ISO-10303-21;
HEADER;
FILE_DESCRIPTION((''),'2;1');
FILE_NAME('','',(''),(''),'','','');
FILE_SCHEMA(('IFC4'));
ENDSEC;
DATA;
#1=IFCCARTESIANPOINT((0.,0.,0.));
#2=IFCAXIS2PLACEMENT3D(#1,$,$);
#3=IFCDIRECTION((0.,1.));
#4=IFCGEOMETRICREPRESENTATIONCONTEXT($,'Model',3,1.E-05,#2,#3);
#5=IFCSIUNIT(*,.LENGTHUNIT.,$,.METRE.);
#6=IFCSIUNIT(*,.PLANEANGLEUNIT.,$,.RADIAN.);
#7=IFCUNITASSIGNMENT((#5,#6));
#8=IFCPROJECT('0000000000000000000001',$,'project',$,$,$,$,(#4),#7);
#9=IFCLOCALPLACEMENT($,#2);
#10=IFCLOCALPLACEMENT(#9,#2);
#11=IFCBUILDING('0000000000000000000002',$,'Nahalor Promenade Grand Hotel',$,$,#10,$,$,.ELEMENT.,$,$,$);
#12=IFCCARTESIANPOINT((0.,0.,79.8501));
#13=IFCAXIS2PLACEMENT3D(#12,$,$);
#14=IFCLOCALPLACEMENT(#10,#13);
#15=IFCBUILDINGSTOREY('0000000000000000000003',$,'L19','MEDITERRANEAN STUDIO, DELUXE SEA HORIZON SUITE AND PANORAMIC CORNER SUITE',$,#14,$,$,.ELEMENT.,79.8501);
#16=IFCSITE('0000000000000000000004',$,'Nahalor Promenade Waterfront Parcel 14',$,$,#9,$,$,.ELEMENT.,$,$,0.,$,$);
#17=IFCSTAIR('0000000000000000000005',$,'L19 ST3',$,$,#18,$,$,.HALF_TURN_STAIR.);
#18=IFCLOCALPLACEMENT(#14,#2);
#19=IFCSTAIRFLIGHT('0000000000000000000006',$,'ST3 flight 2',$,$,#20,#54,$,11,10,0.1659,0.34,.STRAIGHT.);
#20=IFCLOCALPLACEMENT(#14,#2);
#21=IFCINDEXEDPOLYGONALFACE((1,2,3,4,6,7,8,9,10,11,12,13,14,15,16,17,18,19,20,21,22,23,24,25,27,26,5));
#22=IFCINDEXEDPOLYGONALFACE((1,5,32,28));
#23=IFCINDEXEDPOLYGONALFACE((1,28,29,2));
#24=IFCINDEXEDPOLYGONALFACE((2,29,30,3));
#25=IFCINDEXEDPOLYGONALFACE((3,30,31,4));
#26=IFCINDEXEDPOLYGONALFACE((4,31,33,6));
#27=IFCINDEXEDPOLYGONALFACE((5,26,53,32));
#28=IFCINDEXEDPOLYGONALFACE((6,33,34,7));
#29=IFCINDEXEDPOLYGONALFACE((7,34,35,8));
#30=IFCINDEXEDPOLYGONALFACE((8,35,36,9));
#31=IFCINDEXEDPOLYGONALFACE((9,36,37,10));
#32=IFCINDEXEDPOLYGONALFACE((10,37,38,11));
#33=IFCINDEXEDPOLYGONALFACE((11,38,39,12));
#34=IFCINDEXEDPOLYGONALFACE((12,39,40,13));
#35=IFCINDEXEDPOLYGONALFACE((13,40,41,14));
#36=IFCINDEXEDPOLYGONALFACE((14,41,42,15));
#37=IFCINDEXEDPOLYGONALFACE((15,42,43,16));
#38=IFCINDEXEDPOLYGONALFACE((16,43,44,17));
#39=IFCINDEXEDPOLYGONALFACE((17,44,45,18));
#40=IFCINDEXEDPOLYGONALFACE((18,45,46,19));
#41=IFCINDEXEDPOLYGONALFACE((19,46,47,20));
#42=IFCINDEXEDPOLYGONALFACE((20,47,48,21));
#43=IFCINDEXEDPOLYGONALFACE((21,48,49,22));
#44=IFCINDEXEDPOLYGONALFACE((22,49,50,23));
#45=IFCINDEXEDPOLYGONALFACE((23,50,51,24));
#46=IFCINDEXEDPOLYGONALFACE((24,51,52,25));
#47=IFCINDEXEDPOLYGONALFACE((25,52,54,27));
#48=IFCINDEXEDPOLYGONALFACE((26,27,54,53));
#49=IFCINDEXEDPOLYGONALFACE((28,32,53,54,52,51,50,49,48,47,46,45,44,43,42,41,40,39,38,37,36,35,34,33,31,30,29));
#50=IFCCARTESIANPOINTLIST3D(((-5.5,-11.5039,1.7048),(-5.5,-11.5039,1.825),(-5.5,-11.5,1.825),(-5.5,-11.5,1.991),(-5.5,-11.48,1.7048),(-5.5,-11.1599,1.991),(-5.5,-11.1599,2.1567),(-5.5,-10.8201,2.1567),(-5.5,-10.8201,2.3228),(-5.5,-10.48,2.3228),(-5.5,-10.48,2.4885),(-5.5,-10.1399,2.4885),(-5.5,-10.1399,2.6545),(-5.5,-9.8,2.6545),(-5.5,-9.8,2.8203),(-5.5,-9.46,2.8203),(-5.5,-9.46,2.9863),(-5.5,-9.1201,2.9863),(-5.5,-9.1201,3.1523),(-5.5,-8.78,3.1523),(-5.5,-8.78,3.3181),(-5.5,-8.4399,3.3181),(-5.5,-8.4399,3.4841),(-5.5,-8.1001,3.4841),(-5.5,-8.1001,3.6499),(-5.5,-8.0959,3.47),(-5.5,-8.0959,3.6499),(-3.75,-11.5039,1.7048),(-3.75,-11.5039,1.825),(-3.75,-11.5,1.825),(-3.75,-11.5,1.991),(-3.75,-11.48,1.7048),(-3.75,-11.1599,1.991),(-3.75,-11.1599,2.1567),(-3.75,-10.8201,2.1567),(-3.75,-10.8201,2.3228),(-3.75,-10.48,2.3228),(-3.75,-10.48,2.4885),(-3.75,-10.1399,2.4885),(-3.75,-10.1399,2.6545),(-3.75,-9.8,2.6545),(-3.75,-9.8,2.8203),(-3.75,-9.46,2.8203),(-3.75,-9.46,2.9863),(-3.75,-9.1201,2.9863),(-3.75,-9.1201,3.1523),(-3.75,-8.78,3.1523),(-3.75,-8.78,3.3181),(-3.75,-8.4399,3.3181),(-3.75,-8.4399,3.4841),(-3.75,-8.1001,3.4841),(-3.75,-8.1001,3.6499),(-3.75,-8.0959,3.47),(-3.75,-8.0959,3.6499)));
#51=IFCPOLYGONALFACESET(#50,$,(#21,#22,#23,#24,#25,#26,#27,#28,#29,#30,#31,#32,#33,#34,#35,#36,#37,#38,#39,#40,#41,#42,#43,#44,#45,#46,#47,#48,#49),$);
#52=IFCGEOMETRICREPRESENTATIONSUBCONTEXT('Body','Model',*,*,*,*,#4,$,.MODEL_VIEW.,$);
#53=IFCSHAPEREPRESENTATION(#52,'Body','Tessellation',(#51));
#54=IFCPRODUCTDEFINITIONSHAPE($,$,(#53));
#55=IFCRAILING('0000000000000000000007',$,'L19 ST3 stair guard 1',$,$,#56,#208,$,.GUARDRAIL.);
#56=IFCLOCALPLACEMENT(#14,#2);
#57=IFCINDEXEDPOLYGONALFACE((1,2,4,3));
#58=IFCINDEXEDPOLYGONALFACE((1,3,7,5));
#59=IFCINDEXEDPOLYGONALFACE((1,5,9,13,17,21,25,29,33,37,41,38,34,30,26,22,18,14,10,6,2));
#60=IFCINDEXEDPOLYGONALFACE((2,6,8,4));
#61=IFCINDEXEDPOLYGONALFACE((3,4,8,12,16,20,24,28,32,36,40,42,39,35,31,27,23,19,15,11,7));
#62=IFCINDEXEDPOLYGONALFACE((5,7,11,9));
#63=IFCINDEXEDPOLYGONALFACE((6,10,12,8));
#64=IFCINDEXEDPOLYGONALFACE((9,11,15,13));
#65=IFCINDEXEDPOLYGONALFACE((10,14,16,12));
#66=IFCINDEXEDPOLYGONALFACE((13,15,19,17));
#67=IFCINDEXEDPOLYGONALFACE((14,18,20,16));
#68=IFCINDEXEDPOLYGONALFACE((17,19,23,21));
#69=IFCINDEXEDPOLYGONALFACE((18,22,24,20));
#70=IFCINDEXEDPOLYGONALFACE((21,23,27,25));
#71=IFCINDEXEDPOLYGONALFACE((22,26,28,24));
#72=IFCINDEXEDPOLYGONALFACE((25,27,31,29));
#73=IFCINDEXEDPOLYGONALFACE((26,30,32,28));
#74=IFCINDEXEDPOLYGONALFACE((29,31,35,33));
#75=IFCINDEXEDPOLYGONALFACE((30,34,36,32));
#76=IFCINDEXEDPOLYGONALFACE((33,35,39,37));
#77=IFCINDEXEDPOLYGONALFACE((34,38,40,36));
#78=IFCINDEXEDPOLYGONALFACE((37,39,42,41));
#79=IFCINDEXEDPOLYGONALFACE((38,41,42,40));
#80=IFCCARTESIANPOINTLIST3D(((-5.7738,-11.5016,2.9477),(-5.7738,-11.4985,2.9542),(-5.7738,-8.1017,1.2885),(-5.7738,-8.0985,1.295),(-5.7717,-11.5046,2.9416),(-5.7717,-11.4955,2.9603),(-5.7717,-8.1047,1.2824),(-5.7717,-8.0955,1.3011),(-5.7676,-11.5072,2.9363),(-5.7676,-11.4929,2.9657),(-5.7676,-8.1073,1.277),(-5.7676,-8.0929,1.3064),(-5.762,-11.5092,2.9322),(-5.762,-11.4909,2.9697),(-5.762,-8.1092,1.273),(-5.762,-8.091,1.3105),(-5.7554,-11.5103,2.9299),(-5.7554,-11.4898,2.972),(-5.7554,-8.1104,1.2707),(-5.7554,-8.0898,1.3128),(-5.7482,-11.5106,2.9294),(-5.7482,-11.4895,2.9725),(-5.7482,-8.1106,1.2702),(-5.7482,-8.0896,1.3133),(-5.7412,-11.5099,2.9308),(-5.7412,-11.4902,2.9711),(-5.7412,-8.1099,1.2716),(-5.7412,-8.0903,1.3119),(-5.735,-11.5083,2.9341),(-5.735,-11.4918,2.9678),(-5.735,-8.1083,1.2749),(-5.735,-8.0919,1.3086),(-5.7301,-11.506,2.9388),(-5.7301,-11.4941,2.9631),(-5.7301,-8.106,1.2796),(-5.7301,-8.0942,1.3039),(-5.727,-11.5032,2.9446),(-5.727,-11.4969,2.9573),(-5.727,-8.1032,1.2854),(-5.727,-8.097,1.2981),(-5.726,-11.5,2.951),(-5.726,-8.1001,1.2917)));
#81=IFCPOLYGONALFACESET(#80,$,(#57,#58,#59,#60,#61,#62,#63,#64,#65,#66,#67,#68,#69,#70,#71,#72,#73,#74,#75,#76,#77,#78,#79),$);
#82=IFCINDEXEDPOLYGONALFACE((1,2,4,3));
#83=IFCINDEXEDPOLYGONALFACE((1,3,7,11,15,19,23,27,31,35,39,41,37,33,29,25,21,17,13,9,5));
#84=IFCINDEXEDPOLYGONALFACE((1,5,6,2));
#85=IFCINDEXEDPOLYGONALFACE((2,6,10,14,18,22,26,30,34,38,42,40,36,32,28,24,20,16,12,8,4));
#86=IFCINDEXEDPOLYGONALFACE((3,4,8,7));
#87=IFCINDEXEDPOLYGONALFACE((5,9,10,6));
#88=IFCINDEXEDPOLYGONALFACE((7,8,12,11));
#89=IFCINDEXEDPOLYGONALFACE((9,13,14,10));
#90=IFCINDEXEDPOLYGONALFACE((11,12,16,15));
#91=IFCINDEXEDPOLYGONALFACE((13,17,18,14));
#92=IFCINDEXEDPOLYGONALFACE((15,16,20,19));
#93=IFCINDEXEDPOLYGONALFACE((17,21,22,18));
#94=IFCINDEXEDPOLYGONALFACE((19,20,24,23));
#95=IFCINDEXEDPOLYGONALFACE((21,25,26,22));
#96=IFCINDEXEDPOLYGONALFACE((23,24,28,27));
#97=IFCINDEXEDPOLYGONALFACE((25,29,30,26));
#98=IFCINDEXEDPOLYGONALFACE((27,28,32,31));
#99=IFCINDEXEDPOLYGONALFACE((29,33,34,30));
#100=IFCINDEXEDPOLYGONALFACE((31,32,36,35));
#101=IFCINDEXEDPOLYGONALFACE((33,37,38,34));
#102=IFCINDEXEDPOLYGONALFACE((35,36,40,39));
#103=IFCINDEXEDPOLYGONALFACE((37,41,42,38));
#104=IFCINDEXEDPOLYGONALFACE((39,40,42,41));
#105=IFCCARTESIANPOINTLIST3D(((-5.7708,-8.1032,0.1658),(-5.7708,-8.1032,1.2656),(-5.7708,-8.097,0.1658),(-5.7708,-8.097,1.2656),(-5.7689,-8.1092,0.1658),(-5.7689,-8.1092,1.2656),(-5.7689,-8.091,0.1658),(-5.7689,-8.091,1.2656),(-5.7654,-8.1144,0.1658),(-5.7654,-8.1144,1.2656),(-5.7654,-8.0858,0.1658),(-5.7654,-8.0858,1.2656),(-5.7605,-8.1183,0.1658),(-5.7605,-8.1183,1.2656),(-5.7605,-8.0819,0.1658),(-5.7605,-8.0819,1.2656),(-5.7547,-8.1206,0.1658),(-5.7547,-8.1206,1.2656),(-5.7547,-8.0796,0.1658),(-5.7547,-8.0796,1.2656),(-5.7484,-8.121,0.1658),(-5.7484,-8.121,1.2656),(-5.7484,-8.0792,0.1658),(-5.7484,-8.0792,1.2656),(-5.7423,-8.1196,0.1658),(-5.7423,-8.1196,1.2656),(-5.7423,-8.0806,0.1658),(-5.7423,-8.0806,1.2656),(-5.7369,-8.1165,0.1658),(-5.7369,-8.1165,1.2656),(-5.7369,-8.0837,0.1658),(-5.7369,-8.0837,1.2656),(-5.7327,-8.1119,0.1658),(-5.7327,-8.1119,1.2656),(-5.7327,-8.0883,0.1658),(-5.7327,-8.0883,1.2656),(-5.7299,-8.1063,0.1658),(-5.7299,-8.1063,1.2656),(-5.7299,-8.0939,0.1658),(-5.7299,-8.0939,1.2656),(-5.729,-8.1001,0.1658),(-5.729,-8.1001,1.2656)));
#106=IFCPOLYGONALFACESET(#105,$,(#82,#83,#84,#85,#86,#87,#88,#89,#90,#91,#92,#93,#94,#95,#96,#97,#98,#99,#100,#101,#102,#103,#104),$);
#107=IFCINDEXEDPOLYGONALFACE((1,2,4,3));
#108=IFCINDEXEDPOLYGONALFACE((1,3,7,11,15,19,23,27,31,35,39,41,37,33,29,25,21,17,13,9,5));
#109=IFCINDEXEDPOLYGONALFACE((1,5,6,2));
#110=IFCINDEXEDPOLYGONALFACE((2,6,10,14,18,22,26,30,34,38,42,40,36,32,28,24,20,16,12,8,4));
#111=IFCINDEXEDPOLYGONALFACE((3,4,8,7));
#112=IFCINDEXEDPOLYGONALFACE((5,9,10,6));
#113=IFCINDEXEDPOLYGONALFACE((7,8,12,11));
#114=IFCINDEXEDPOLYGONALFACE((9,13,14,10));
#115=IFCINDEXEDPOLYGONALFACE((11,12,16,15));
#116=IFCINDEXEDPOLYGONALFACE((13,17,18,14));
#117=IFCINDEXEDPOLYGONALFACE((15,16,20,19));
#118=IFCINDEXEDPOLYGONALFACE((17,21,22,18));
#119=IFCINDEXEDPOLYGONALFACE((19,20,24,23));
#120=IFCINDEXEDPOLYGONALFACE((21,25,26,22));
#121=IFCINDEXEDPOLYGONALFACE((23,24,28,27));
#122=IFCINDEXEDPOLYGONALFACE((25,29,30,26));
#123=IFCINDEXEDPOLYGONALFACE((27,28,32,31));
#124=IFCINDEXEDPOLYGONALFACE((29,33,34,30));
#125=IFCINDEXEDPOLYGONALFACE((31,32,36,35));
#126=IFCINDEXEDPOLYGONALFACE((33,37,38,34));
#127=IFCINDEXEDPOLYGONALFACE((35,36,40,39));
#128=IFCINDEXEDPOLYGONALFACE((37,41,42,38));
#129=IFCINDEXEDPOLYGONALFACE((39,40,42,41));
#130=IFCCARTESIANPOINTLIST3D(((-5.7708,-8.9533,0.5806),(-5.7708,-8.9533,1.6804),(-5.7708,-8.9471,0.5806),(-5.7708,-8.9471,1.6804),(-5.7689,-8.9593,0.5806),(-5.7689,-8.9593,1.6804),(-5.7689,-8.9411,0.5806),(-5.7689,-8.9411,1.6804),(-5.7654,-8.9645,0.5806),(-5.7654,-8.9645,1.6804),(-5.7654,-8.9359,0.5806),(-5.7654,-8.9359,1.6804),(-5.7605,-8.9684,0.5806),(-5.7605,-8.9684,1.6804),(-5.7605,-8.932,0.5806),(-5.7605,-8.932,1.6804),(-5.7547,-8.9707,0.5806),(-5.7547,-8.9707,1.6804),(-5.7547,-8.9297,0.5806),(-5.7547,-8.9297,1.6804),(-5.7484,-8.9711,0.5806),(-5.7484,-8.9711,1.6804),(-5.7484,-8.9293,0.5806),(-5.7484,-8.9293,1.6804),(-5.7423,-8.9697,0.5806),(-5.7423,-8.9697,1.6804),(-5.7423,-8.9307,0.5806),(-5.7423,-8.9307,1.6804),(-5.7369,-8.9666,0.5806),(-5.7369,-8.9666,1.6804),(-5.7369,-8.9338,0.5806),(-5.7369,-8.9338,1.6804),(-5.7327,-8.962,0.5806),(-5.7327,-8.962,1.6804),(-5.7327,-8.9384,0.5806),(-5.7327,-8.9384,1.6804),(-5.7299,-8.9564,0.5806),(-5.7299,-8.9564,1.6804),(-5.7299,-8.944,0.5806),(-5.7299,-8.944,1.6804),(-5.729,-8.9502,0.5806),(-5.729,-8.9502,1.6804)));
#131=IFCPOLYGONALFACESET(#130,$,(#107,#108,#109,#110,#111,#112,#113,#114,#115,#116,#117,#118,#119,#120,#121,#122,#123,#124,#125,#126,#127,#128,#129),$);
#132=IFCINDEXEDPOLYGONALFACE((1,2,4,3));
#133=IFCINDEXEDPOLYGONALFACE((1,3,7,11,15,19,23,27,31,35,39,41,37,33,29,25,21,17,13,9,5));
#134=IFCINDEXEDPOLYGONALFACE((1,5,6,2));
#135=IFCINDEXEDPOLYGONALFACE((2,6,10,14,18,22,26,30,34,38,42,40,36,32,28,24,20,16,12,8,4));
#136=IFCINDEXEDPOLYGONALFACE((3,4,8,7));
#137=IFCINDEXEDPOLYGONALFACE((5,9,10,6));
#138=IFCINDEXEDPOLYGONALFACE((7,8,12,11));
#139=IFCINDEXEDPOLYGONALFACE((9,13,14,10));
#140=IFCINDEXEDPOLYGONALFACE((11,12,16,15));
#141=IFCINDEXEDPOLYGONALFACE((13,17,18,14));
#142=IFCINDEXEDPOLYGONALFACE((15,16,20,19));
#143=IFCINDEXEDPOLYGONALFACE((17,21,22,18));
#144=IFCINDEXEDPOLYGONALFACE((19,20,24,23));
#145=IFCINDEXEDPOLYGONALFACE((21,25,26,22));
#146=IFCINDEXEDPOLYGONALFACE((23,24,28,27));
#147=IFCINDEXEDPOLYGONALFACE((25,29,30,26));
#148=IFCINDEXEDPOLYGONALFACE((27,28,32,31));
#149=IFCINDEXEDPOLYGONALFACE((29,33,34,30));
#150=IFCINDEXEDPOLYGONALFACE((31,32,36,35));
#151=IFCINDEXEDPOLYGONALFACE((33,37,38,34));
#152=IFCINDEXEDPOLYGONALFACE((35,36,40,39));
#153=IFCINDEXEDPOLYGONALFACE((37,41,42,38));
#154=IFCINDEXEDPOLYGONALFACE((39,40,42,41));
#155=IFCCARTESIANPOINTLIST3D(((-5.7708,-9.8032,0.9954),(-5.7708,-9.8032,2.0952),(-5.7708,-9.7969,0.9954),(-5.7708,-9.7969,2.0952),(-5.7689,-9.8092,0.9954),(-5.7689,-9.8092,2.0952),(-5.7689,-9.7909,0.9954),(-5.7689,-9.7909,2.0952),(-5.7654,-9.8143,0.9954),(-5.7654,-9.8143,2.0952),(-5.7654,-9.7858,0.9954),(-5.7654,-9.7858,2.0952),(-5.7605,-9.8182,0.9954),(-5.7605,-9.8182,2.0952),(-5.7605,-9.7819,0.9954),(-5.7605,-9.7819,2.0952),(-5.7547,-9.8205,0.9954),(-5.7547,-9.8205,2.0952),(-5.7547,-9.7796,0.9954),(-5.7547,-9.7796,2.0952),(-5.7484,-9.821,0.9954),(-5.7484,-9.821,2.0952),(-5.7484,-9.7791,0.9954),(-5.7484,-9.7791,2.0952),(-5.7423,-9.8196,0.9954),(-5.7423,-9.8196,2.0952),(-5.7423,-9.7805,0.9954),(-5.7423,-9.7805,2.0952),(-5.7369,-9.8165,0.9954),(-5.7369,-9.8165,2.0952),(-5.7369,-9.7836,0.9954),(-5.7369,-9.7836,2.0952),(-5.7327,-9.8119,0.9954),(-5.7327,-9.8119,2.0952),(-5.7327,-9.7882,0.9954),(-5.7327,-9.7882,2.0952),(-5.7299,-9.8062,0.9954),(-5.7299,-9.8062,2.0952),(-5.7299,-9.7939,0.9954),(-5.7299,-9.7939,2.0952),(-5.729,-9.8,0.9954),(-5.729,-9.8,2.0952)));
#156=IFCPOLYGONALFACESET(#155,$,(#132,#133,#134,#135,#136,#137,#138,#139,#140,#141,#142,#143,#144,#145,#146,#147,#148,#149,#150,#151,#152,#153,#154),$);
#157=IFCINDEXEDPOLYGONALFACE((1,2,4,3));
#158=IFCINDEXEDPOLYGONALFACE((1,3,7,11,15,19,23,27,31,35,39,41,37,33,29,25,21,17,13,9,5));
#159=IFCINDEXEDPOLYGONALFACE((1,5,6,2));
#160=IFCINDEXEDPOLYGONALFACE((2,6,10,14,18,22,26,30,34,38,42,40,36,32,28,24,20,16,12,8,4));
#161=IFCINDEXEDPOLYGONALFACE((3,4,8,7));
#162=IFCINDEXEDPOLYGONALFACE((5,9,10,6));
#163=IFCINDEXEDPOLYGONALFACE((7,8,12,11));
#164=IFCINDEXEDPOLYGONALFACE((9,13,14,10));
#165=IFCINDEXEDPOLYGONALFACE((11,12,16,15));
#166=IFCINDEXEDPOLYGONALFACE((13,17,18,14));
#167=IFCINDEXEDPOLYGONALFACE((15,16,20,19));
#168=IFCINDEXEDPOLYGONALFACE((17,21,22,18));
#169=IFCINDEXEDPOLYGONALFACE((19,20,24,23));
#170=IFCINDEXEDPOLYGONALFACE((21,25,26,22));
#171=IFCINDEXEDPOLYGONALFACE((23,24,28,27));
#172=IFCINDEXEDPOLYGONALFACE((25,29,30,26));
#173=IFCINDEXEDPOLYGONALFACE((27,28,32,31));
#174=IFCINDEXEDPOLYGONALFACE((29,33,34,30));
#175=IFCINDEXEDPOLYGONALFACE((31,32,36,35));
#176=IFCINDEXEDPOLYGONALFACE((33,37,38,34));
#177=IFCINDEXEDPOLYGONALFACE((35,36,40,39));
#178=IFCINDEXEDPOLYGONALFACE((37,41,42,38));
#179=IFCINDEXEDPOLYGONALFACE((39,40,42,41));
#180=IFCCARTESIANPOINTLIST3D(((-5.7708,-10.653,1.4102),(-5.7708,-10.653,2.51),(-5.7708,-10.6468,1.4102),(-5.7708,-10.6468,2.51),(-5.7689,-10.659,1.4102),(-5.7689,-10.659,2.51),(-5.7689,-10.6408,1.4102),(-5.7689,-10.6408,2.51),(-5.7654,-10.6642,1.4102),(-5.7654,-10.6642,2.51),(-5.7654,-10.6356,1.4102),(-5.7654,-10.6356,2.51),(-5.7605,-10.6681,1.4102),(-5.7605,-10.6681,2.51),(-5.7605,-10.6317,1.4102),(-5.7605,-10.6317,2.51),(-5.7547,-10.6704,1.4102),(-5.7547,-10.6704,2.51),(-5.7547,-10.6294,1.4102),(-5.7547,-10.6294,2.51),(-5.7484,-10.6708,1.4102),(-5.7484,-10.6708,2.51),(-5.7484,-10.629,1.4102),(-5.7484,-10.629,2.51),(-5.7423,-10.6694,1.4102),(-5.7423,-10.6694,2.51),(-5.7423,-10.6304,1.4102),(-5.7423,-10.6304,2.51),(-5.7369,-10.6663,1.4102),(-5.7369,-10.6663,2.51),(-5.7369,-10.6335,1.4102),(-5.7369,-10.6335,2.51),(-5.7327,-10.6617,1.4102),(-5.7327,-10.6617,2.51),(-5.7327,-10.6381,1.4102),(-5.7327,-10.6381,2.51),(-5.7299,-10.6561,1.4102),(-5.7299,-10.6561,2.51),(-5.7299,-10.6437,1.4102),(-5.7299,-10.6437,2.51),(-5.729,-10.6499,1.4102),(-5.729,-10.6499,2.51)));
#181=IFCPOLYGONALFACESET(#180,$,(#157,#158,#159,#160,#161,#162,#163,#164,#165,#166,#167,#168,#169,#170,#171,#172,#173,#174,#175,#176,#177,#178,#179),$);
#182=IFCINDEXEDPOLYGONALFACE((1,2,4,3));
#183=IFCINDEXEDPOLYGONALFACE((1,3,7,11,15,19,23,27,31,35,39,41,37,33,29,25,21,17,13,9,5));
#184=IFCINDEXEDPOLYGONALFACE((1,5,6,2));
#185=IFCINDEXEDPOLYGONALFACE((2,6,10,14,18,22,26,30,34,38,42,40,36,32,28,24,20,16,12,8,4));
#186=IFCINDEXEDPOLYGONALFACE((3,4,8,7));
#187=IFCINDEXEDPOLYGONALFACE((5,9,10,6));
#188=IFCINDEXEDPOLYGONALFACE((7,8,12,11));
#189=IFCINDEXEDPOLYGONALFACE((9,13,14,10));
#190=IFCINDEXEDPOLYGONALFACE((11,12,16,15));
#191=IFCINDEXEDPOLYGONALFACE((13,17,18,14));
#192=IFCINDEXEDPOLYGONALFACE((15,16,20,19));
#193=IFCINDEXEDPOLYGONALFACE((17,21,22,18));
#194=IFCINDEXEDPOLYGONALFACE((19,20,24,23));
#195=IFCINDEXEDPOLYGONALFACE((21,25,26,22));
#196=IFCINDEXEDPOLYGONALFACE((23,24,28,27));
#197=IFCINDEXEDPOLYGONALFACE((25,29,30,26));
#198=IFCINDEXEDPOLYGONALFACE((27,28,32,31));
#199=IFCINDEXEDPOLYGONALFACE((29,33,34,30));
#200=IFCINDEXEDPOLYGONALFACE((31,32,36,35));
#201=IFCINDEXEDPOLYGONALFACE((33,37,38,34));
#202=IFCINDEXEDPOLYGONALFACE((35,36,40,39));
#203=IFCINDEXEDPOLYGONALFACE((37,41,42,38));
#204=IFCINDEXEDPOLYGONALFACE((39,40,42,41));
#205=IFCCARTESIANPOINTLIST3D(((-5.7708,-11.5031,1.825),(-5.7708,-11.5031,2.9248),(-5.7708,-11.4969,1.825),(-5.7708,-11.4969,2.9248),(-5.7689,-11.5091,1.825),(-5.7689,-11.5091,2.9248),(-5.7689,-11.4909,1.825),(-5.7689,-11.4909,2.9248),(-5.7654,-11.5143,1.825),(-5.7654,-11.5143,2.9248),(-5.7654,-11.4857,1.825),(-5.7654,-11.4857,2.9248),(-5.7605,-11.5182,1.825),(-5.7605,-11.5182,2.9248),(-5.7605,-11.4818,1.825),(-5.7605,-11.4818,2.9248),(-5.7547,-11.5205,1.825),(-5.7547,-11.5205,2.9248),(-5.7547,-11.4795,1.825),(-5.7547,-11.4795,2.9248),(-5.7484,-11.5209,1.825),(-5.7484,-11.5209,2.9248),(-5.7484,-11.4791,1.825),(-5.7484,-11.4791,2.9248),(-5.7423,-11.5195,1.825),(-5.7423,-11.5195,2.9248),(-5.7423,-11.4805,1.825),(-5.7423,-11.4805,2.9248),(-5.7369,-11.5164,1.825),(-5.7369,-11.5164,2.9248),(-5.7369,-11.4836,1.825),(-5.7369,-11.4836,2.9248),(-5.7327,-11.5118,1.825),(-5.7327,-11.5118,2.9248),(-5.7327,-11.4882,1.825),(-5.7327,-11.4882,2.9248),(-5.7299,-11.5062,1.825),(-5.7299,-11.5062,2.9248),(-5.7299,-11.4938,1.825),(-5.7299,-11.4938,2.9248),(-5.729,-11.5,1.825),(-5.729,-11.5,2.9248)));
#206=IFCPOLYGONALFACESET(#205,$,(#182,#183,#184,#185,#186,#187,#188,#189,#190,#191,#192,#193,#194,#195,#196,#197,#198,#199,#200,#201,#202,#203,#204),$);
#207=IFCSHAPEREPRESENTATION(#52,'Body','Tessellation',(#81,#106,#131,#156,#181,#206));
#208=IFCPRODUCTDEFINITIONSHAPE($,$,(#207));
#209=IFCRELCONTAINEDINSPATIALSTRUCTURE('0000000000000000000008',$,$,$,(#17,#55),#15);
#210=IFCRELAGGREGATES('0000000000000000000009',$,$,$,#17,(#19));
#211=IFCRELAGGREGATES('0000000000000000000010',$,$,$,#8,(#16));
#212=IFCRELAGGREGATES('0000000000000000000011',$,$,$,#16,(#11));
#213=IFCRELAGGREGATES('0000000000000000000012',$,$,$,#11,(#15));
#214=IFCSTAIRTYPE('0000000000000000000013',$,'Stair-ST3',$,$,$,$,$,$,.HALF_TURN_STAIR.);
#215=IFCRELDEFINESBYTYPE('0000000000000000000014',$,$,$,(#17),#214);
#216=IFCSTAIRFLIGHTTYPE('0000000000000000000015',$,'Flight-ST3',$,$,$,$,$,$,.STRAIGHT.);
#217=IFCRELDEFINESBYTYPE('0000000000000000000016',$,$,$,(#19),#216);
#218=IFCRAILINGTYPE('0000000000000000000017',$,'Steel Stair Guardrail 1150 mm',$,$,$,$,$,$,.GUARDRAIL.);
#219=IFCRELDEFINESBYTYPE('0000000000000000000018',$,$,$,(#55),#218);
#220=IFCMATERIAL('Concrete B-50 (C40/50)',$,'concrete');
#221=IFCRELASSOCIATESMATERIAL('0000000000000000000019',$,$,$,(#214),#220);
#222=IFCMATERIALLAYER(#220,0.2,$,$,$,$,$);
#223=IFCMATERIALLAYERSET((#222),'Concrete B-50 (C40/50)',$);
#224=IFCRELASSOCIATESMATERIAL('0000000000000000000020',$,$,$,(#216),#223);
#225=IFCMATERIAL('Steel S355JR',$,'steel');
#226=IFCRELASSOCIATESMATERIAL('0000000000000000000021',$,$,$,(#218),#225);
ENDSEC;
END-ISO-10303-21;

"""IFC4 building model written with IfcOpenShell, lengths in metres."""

from ifc_helpers import new_model, si_unit, direction, frame, origin, origin_2d, place, context, subcontext, project, spatial, polyline, circle, outline, extrude, source, transform, mapped, material, layer, layer_set, type_object, element, aggregate, save


model = new_model("IFC4")

# Units and contexts
model_context = context("Model", 3, precision=1e-05, world=origin(), true_north=direction((0.0, 1.0)))
body_context = subcontext(model_context, "Body", "Model", "MODEL_VIEW")
ifc_project = project(units=[si_unit("LENGTHUNIT", "METRE"), si_unit("PLANEANGLEUNIT", "RADIAN")], contexts=[model_context])

# Site, building, storey
site_placement = place(None, origin())
site = spatial("IfcSite", under=ifc_project, at=site_placement, Name="Nahalor Promenade Waterfront Parcel 14", CompositionType="ELEMENT", RefElevation=0.0)
building_placement = place(site_placement, origin())
building = spatial("IfcBuilding", under=site, at=building_placement, Name="Nahalor Promenade Grand Hotel", CompositionType="ELEMENT")
storey_placement = place(building_placement, frame((0.0, 0.0, 79.8501)))
storey = spatial("IfcBuildingStorey", under=building, at=storey_placement, Name="L19", Description="MEDITERRANEAN STUDIO, DELUXE SEA HORIZON SUITE AND PANORAMIC CORNER SUITE", CompositionType="ELEMENT", Elevation=79.8501)

# Shared definitions
ifc_material_1 = material(Name="Steel S355JR", Category="steel")

# Shared definitions
ifc_material_2 = material(Name="Concrete B-50 (C40/50)", Category="concrete")

# Stair, stair flight
stair_type = type_object("IfcStairType", Name="Stair-ST3", PredefinedType="HALF_TURN_STAIR", material=ifc_material_2)
stair_placement = place(storey_placement, origin())
stair = element("IfcStair", 1, at=stair_placement, inside=storey, type_object=stair_type, Name="L19 ST3", PredefinedType="HALF_TURN_STAIR")
ifc_layer_1 = layer(ifc_material_2, 0.2)
ifc_layer_set_1 = layer_set([ifc_layer_1], Name="Concrete B-50 (C40/50)")
stair_flight_type = type_object("IfcStairFlightType", Name="Flight-ST3", PredefinedType="STRAIGHT", material=ifc_layer_set_1)
shared_shape_1 = source(origin(), body_context, "Body", "SweptSolid", [
    extrude(outline(polyline([(-0.0039, -0.1201), (-0.0039, 0.0), (0.0, 0.0), (0.0, 0.166), (0.3401, 0.166), (0.3401, 0.3318), (0.6799, 0.3318), (0.6799, 0.4978), (1.02, 0.4978), (1.02, 0.6636), (1.3601, 0.6636), (1.3601, 0.8296), (1.7, 0.8296), (1.7, 0.9954), (2.04, 0.9954), (2.04, 1.1614), (2.3799, 1.1614), (2.3799, 1.3274), (2.72, 1.3274), (2.72, 1.4932), (3.0601, 1.4932), (3.0601, 1.6592), (3.3999, 1.6592), (3.3999, 1.825), (3.4041, 1.825), (3.4041, 1.645), (0.02, -0.1201), (-0.0039, -0.1201)])), frame((0.0, 0.875, 0.0), z_axis=(0.0, -1.0, 0.0), x_axis=(1.0, 0.0, 0.0)), (0.0, 0.0, 1.0), 1.75),
])
stair_flight_1_placement = place(storey_placement, frame((-4.625, -11.5, 1.825), z_axis=(0.0, 0.0, 1.0), x_axis=(0.0, 1.0, 0.0)))
stair_flight_1 = element("IfcStairFlight", 2, at=stair_flight_1_placement, type_object=stair_flight_type, Name="ST3 flight 2", NumberOfRisers=11, NumberOfTreads=10, PredefinedType="STRAIGHT", RiserHeight=0.1659, TreadLength=0.34, context=body_context, shape_type="MappedRepresentation", body=[
    mapped(shared_shape_1, transform((0.0, 0.0, 0.0), scale=1.0)),
])
aggregate(stair, [stair_flight_1])

# Railing
railing_type_1 = type_object("IfcRailingType", Name="Steel Stair Guardrail 1150 mm", PredefinedType="GUARDRAIL", material=ifc_material_1)
railing_1_placement = place(storey_placement, frame((-5.75, -8.1001, 0.1658)))
element("IfcRailing", 3, at=railing_1_placement, inside=storey, type_object=railing_type_1, Name="L19 ST3 stair guard 1", PredefinedType="GUARDRAIL", context=body_context, shape_type="SweptSolid", body=[
    extrude(circle(Radius=0.024, at=origin_2d()), frame((0.0, 0.0, 1.126), z_axis=(0.0, -0.898696, 0.438571), x_axis=(1.0, 0.0, 0.0)), (0.0, 0.0, 1.0), 3.7832),
    extrude(circle(Radius=0.021, at=origin_2d()), origin(), (0.0, 0.0, 1.0), 1.0999),
    extrude(circle(Radius=0.021, at=origin_2d()), frame((0.0, -0.8501, 0.4148)), (0.0, 0.0, 1.0), 1.0999),
    extrude(circle(Radius=0.021, at=origin_2d()), frame((0.0, -1.7, 0.8296)), (0.0, 0.0, 1.0), 1.0999),
    extrude(circle(Radius=0.021, at=origin_2d()), frame((0.0, -2.5498, 1.2444)), (0.0, 0.0, 1.0), 1.0999),
    extrude(circle(Radius=0.021, at=origin_2d()), frame((0.0, -3.3999, 1.6592)), (0.0, 0.0, 1.0), 1.0999),
])

save(model, "model.ifc")
